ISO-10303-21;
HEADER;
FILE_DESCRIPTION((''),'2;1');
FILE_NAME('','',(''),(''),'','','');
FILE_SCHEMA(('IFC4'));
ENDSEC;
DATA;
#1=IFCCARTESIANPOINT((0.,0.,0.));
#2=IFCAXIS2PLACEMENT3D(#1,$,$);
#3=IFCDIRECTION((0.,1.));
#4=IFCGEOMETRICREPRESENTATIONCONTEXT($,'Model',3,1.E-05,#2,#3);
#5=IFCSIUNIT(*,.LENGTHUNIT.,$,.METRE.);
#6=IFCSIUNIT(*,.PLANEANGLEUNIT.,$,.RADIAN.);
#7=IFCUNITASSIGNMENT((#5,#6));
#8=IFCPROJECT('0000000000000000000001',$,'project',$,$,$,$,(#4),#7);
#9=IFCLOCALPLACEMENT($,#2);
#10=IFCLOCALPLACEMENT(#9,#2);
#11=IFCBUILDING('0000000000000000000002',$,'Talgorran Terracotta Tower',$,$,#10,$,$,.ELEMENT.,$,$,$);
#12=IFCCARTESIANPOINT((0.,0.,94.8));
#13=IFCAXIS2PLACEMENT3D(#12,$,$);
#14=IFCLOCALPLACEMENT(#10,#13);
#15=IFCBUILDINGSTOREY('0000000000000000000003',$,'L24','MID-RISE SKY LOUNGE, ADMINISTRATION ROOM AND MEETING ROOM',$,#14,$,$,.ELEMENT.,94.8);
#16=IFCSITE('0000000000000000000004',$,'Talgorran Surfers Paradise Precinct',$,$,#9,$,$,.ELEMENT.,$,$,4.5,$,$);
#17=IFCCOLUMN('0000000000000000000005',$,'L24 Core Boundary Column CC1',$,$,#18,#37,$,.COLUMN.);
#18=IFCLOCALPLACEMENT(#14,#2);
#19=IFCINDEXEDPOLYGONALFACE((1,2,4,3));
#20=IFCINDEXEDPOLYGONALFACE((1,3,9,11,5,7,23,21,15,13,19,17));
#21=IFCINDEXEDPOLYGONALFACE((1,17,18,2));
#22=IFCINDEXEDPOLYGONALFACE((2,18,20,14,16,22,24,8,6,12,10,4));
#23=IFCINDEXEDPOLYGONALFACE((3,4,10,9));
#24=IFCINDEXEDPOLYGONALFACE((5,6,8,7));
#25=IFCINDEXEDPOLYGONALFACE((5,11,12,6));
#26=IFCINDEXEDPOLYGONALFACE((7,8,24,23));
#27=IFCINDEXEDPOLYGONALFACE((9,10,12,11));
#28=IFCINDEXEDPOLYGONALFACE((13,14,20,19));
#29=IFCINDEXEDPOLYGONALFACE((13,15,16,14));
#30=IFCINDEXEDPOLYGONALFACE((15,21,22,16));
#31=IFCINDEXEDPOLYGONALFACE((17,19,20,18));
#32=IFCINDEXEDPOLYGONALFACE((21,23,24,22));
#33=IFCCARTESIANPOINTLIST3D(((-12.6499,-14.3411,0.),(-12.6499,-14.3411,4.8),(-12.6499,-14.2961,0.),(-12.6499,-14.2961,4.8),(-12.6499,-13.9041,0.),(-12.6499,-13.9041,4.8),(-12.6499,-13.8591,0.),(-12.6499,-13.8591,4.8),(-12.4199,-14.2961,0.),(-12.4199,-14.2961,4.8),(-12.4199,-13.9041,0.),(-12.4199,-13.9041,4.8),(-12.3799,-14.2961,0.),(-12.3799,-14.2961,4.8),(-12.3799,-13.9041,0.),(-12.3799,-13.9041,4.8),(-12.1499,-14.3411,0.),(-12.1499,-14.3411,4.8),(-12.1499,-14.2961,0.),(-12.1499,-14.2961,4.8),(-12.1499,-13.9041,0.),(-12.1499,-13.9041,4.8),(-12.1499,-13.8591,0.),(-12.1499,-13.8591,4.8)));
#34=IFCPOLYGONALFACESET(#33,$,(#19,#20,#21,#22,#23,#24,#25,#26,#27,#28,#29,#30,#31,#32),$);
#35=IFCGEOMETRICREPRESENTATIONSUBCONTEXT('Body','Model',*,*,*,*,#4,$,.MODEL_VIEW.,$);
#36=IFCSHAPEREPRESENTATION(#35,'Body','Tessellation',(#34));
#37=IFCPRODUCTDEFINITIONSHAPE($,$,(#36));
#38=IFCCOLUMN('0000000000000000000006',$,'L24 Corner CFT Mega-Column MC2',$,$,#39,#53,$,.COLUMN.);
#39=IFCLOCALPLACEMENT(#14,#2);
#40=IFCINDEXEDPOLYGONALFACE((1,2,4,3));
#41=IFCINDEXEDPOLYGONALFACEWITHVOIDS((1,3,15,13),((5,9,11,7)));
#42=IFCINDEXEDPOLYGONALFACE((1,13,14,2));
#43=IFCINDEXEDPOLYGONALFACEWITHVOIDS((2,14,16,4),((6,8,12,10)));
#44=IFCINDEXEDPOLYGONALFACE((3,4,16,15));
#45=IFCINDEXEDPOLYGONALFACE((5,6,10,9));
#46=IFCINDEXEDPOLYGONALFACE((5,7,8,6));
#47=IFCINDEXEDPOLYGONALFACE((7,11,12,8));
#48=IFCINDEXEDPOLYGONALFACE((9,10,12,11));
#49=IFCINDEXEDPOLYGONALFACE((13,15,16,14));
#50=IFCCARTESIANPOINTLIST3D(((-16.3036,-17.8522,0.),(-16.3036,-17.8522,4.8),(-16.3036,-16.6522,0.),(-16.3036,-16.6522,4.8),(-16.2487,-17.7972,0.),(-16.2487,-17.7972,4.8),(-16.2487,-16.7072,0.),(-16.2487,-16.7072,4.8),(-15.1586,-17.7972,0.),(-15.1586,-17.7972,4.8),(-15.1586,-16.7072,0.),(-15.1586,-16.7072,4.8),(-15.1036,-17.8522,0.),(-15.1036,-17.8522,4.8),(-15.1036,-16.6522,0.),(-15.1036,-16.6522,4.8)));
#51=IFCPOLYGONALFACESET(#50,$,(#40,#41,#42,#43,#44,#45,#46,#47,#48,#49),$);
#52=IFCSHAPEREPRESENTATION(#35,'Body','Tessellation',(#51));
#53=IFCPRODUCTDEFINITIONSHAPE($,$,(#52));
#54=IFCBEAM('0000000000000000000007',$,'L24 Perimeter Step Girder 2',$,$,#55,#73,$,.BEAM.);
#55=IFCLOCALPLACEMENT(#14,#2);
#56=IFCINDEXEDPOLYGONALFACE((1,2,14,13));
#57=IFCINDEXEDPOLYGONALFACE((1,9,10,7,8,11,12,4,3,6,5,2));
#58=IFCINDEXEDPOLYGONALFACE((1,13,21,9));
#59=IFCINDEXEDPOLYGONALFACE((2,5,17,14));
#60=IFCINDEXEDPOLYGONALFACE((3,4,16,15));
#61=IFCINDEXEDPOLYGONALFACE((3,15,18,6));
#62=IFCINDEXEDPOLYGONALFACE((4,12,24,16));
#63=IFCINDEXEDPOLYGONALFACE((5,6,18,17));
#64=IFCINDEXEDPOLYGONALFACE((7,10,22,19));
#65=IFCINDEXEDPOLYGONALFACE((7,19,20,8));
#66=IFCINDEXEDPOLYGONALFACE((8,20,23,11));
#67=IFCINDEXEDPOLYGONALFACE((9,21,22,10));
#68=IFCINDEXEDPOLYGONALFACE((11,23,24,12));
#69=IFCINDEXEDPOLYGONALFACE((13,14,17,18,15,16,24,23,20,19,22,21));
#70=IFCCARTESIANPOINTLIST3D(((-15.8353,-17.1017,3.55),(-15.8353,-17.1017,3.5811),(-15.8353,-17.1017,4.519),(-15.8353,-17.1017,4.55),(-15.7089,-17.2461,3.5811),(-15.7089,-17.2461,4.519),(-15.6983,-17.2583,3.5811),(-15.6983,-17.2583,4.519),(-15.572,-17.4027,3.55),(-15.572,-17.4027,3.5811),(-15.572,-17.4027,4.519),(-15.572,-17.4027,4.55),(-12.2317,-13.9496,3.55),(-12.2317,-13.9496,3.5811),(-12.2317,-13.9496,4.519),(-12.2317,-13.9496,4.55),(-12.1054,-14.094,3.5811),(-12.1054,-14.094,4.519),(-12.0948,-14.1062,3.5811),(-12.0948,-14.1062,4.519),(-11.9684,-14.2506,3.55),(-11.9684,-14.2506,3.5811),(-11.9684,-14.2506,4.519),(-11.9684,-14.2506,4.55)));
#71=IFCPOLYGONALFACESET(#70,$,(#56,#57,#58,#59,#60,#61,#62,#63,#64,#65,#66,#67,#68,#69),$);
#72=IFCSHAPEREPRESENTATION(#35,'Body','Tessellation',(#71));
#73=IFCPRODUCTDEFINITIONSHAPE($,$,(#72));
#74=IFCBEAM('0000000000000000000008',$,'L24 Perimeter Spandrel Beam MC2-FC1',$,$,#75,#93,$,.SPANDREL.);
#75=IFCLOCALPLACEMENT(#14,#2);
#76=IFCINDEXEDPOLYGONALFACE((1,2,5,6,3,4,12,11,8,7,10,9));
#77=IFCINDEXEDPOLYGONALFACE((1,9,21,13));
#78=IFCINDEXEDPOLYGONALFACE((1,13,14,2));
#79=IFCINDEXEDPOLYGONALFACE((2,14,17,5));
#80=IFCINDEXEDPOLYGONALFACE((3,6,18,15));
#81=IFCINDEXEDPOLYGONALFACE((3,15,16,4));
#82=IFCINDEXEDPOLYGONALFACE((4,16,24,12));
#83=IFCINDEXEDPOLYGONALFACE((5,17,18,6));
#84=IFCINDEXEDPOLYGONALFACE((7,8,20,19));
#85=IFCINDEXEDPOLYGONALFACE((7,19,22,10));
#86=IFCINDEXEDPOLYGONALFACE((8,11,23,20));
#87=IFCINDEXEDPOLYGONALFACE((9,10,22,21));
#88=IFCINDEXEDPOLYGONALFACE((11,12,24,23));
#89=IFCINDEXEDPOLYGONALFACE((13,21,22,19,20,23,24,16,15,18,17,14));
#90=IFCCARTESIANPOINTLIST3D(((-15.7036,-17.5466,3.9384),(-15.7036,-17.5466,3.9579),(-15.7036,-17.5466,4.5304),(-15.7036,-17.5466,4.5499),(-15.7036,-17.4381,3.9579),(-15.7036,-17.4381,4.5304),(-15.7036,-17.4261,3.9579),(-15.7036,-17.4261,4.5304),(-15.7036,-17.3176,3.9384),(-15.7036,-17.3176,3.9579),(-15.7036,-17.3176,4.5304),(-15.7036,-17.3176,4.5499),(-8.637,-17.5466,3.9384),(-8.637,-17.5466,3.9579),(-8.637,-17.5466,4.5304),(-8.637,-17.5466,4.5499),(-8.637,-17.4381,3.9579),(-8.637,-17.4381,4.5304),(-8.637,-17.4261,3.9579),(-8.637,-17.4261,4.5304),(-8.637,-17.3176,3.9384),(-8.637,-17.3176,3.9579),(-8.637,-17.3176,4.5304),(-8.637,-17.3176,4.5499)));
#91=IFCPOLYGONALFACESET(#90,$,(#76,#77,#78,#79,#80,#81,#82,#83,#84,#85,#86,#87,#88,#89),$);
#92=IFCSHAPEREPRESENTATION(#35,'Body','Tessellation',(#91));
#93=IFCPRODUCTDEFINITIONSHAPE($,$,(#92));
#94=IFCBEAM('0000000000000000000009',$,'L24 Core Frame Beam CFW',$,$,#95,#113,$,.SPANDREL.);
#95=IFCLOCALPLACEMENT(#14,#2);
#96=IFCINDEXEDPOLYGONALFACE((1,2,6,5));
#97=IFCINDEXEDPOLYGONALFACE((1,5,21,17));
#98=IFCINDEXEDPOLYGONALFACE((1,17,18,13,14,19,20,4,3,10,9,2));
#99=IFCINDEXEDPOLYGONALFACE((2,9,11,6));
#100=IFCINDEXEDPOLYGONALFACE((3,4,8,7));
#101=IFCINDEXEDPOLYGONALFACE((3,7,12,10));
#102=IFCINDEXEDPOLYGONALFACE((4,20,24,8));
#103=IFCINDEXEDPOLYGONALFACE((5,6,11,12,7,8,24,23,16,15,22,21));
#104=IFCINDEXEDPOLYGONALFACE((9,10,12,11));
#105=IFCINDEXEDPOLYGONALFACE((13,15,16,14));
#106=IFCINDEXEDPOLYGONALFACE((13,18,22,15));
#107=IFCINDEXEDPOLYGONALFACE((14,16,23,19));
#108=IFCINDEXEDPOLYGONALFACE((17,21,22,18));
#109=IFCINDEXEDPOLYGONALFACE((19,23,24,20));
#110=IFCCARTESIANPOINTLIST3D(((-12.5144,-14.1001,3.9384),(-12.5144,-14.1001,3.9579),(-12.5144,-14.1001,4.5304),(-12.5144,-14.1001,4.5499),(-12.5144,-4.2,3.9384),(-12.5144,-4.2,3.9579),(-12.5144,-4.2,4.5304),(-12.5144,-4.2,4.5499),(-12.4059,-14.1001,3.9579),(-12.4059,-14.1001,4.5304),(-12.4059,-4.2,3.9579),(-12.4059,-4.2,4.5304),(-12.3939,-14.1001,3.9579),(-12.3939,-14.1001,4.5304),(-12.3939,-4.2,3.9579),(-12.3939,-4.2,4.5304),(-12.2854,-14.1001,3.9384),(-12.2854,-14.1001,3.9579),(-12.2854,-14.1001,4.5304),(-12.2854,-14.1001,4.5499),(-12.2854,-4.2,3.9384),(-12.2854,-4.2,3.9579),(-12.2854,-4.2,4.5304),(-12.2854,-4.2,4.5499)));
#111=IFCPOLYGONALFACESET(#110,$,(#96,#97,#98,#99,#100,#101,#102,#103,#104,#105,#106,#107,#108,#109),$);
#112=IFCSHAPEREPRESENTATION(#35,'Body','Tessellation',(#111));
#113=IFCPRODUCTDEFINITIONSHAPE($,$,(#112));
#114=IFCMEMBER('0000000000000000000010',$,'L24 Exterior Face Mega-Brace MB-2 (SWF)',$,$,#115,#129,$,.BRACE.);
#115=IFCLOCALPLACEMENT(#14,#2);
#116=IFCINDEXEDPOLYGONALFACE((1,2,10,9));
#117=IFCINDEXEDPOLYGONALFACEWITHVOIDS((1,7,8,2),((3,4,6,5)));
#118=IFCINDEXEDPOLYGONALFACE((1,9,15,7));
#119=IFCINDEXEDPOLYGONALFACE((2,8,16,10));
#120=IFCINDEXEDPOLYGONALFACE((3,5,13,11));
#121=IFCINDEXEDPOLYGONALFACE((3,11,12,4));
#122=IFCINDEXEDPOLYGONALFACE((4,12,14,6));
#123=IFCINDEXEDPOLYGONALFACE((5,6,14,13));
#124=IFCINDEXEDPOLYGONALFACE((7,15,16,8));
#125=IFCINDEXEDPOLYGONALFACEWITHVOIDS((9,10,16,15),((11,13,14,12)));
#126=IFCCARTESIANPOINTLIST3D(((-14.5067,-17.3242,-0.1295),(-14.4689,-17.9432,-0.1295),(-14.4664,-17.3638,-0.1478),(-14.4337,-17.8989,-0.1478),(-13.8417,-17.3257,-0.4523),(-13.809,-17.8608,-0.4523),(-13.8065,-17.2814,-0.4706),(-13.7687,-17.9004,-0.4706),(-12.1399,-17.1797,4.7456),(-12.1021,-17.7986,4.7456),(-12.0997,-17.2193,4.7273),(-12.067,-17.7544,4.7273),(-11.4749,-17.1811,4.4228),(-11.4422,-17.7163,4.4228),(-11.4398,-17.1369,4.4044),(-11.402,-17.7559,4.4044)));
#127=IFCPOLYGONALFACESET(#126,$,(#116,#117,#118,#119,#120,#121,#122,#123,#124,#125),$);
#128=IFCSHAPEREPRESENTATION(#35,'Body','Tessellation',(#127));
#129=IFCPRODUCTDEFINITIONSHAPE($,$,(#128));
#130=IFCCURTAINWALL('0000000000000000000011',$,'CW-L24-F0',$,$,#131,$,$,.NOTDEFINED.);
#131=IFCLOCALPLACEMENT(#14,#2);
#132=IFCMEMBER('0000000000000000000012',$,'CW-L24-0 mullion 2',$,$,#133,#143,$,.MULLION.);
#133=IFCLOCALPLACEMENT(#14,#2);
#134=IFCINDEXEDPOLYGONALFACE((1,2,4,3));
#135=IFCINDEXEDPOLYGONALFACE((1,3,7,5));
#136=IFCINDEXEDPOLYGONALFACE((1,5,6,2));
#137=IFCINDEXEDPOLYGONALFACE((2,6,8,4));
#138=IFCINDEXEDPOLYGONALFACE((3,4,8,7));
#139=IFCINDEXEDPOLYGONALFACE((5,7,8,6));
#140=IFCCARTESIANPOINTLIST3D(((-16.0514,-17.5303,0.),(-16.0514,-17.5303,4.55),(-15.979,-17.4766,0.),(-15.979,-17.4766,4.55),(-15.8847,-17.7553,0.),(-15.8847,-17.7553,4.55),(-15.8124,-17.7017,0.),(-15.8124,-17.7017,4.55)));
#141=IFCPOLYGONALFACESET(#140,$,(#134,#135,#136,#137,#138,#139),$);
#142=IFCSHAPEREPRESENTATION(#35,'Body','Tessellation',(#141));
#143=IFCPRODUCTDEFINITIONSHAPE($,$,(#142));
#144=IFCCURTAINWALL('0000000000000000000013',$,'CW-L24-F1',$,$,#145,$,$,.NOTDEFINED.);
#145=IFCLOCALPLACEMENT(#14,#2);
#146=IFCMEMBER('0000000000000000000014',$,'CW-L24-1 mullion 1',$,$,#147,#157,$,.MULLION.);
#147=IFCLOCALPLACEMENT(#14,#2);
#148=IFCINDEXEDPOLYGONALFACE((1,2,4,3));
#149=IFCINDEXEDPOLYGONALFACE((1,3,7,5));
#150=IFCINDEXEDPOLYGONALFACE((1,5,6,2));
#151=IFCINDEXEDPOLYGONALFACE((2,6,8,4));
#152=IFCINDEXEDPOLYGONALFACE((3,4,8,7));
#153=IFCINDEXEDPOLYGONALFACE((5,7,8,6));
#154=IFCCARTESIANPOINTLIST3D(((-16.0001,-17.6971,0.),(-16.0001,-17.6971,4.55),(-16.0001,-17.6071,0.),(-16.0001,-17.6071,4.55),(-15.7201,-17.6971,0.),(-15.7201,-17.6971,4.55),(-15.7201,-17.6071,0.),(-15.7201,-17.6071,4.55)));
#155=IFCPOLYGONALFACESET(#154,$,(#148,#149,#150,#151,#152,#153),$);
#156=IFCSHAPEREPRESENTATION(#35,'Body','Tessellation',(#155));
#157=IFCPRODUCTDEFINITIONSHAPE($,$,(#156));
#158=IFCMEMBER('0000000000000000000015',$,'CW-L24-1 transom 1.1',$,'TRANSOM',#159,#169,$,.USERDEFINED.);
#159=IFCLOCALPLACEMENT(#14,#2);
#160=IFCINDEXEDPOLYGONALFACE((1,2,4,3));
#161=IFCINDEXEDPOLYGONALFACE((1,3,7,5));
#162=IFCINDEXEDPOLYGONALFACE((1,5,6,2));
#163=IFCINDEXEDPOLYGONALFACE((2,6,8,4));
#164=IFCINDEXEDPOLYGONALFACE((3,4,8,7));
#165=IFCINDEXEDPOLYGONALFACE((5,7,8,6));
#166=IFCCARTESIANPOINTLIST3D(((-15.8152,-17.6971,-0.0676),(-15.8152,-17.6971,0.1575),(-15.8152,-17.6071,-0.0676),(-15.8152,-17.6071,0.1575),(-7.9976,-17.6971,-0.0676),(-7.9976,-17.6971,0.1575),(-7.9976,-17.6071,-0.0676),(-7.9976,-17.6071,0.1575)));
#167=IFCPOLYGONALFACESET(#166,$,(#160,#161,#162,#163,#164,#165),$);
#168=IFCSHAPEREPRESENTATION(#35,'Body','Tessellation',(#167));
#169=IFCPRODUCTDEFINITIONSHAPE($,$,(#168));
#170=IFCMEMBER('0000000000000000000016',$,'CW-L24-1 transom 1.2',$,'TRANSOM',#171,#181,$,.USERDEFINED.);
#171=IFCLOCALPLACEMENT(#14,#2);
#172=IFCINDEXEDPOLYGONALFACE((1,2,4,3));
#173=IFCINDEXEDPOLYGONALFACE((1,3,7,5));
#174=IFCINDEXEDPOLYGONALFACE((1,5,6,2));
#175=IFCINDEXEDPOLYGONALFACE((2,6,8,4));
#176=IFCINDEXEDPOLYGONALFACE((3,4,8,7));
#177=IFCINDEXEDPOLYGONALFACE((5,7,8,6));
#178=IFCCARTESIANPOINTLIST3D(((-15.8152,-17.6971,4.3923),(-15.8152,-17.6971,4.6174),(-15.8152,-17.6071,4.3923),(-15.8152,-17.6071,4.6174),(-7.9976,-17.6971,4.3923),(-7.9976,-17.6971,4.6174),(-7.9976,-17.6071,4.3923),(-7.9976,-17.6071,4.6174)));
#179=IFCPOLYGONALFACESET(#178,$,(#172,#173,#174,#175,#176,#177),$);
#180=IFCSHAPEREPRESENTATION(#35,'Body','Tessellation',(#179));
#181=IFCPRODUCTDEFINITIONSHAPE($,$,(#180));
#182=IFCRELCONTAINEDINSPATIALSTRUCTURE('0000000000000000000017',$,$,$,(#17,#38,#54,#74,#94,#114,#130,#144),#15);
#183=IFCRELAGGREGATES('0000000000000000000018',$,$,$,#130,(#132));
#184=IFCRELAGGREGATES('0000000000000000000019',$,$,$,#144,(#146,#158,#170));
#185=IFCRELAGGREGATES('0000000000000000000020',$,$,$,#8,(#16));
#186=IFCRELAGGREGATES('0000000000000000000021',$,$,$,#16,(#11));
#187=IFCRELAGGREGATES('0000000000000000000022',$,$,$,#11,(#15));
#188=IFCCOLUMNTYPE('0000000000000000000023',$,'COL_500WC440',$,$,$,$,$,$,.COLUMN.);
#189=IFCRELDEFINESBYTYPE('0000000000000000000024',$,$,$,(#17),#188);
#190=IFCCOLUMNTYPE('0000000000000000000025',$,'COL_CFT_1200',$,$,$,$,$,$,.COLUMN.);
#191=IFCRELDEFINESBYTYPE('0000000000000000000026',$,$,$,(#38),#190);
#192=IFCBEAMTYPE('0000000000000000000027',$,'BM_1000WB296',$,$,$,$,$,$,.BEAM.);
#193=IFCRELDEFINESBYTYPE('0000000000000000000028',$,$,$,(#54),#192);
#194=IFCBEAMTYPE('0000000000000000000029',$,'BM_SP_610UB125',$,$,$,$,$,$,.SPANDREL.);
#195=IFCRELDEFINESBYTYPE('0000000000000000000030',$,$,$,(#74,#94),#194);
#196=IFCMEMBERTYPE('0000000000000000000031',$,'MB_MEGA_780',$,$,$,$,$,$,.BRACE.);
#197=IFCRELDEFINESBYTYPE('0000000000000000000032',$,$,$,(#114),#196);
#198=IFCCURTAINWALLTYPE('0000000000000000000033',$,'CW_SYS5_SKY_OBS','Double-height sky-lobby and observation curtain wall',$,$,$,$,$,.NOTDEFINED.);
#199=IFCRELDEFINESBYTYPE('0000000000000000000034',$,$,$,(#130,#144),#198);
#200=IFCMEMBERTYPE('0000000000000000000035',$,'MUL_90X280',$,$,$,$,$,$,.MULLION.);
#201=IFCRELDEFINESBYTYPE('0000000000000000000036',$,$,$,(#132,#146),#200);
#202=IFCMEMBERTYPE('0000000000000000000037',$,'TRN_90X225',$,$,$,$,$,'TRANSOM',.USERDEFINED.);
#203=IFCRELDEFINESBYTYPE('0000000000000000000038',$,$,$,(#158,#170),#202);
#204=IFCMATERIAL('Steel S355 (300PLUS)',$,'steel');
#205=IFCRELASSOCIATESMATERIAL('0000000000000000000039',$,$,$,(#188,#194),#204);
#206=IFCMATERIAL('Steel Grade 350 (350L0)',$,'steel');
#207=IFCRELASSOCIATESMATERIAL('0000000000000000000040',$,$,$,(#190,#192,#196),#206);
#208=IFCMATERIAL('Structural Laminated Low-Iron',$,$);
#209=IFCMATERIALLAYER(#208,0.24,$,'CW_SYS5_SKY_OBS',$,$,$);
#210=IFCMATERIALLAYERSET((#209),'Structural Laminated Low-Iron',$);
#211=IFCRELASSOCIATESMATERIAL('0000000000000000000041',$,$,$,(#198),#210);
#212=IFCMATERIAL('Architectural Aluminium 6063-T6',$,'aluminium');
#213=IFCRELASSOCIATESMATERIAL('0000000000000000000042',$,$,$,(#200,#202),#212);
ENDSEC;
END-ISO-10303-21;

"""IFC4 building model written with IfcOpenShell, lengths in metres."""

from ifc_helpers import new_model, si_unit, direction, frame, origin, origin_2d, place, context, subcontext, project, spatial, rectangle, hollow_rectangle, i_section, extrude, material, layer, layer_set, material_profile, profile_set, type_object, element, aggregate, save


model = new_model("IFC4")

# Units and contexts
model_context = context("Model", 3, precision=1e-05, world=origin(), true_north=direction((0.0, 1.0)))
body_context = subcontext(model_context, "Body", "Model", "MODEL_VIEW")
ifc_project = project(units=[si_unit("LENGTHUNIT", "METRE"), si_unit("PLANEANGLEUNIT", "RADIAN")], contexts=[model_context])

# Site, building, storey
site_placement = place(None, origin())
site = spatial("IfcSite", under=ifc_project, at=site_placement, Name="Talgorran Surfers Paradise Precinct", CompositionType="ELEMENT", RefElevation=4.5)
building_placement = place(site_placement, origin())
building = spatial("IfcBuilding", under=site, at=building_placement, Name="Talgorran Terracotta Tower", CompositionType="ELEMENT")
storey_placement = place(building_placement, frame((0.0, 0.0, 94.8)))
storey = spatial("IfcBuildingStorey", under=building, at=storey_placement, Name="L24", Description="MID-RISE SKY LOUNGE, ADMINISTRATION ROOM AND MEETING ROOM", CompositionType="ELEMENT", Elevation=94.8)

# Columns
ifc_material_1 = material(Name="Steel S355 (300PLUS)", Category="steel")
ifc_material_profile_1 = material_profile(ifc_material_1, i_section(OverallWidth=0.5, OverallDepth=0.4819, WebThickness=0.04, FlangeThickness=0.0449, at=origin_2d()), Name="500WC440")
ifc_profile_set_1 = profile_set([ifc_material_profile_1], Name="Steel S355 (300PLUS)")
column_type_1 = type_object("IfcColumnType", Name="COL_500WC440", PredefinedType="COLUMN", material=ifc_profile_set_1)
column_1_placement = place(storey_placement, frame((-12.3999, -14.1001, 0.0), z_axis=(0.0, 0.0, 1.0), x_axis=(1.0, 0.0, 0.0)))
element("IfcColumn", 1, at=column_1_placement, inside=storey, type_object=column_type_1, Name="L24 Core Boundary Column CC1", PredefinedType="COLUMN", context=body_context, shape_type="SweptSolid", body=[
    extrude(i_section(OverallWidth=0.5, OverallDepth=0.4819, WebThickness=0.04, FlangeThickness=0.0449, at=origin_2d()), origin(), (0.0, 0.0, 1.0), 4.8),
])
ifc_material_2 = material(Name="Steel Grade 350 (350L0)", Category="steel")
ifc_material_profile_2 = material_profile(ifc_material_2, hollow_rectangle(XDim=1.2, YDim=1.2, WallThickness=0.0549, at=origin_2d()), Name="CFT1200X1200X55")
ifc_profile_set_2 = profile_set([ifc_material_profile_2], Name="Steel Grade 350 (350L0)")
column_type_2 = type_object("IfcColumnType", Name="COL_CFT_1200", PredefinedType="COLUMN", material=ifc_profile_set_2)
column_2_placement = place(storey_placement, frame((-15.7036, -17.2522, 0.0), z_axis=(0.0, 0.0, 1.0), x_axis=(1.0, 0.0, 0.0)))
element("IfcColumn", 2, at=column_2_placement, inside=storey, type_object=column_type_2, Name="L24 Corner CFT Mega-Column MC2", PredefinedType="COLUMN", context=body_context, shape_type="SweptSolid", body=[
    extrude(hollow_rectangle(XDim=1.2, YDim=1.2, WallThickness=0.0549, at=origin_2d()), origin(), (0.0, 0.0, 1.0), 4.8),
])

# Beams
ifc_material_profile_3 = material_profile(ifc_material_2, i_section(OverallWidth=0.3999, OverallDepth=1.0, WebThickness=0.0161, FlangeThickness=0.031, at=origin_2d()), Name="1000WB296")
ifc_profile_set_3 = profile_set([ifc_material_profile_3], Name="Steel Grade 350 (350L0)")
beam_type_1 = type_object("IfcBeamType", Name="BM_1000WB296", PredefinedType="BEAM", material=ifc_profile_set_3)
beam_1_placement = place(storey_placement, frame((-15.7036, -17.2522, 4.05), z_axis=(0.752678, 0.658389, 0.0), x_axis=(-0.658389, 0.752678, 0.0)))
element("IfcBeam", 3, at=beam_1_placement, inside=storey, type_object=beam_type_1, Name="L24 Perimeter Step Girder 2", PredefinedType="BEAM", context=body_context, shape_type="SweptSolid", body=[
    extrude(i_section(OverallWidth=0.3999, OverallDepth=1.0, WebThickness=0.0161, FlangeThickness=0.031, at=origin_2d()), origin(), (0.0, 0.0, 1.0), 4.7876),
])
ifc_material_profile_4 = material_profile(ifc_material_1, i_section(OverallWidth=0.229, OverallDepth=0.6116, WebThickness=0.012, FlangeThickness=0.0195, at=origin_2d()), Name="610UB125")
ifc_profile_set_4 = profile_set([ifc_material_profile_4], Name="Steel S355 (300PLUS)")
beam_type_2 = type_object("IfcBeamType", Name="BM_SP_610UB125", PredefinedType="SPANDREL", material=ifc_profile_set_4)
beam_2_placement = place(storey_placement, frame((-15.7036, -17.4321, 4.2441), z_axis=(1.0, 0.0, 0.0), x_axis=(0.0, 1.0, 0.0)))
element("IfcBeam", 4, at=beam_2_placement, inside=storey, type_object=beam_type_2, Name="L24 Perimeter Spandrel Beam MC2-FC1", PredefinedType="SPANDREL", context=body_context, shape_type="SweptSolid", body=[
    extrude(i_section(OverallWidth=0.229, OverallDepth=0.6116, WebThickness=0.012, FlangeThickness=0.0195, at=origin_2d()), origin(), (0.0, 0.0, 1.0), 7.0667),
])
beam_3_placement = place(storey_placement, frame((-12.3999, -14.1001, 4.2441), z_axis=(0.0, 1.0, 0.0), x_axis=(-1.0, 0.0, 0.0)))
element("IfcBeam", 5, at=beam_3_placement, inside=storey, type_object=beam_type_2, Name="L24 Core Frame Beam CFW", PredefinedType="SPANDREL", context=body_context, shape_type="SweptSolid", body=[
    extrude(i_section(OverallWidth=0.229, OverallDepth=0.6116, WebThickness=0.012, FlangeThickness=0.0195, at=origin_2d()), origin(), (0.0, 0.0, 1.0), 9.9001),
])

# Member
ifc_material_profile_5 = material_profile(ifc_material_2, hollow_rectangle(XDim=0.6201, YDim=0.78, WallThickness=0.042, at=origin_2d()), Name="WBOX780X620X42")
ifc_profile_set_5 = profile_set([ifc_material_profile_5], Name="Steel Grade 350 (350L0)")
member_type_1 = type_object("IfcMemberType", Name="MB_MEGA_780", PredefinedType="BRACE", material=ifc_profile_set_5)
member_1_placement = place(storey_placement, frame((-14.1377, -17.6123, -0.3), z_axis=(0.436576, 0.026661, 0.899272), x_axis=(-0.060955, 0.998141, 0.0)))
element("IfcMember", 6, at=member_1_placement, inside=storey, type_object=member_type_1, Name="L24 Exterior Face Mega-Brace MB-2 (SWF)", PredefinedType="BRACE", context=body_context, shape_type="SweptSolid", body=[
    extrude(hollow_rectangle(XDim=0.6201, YDim=0.78, WallThickness=0.042, at=origin_2d()), origin(), (0.0, 0.0, 1.0), 5.4211),
])

# Curtain wall, member
ifc_material_3 = material(Name="Structural Laminated Low-Iron")
ifc_layer_1 = layer(ifc_material_3, 0.24, Name="CW_SYS5_SKY_OBS")
ifc_layer_set_1 = layer_set([ifc_layer_1], Name="Structural Laminated Low-Iron")
curtain_wall_type = type_object("IfcCurtainWallType", Name="CW_SYS5_SKY_OBS", Description="Double-height sky-lobby and observation curtain wall", PredefinedType="NOTDEFINED", material=ifc_layer_set_1)
curtain_wall_1_placement = place(storey_placement, origin())
curtain_wall_1 = element("IfcCurtainWall", 7, at=curtain_wall_1_placement, inside=storey, type_object=curtain_wall_type, Name="CW-L24-F0", PredefinedType="NOTDEFINED")
ifc_material_4 = material(Name="Architectural Aluminium 6063-T6", Category="aluminium")
ifc_material_profile_6 = material_profile(ifc_material_4, rectangle(XDim=0.0901, YDim=0.28, at=origin_2d()), Name="CWM90X280")
ifc_profile_set_6 = profile_set([ifc_material_profile_6], Name="Architectural Aluminium 6063-T6")
member_type_2 = type_object("IfcMemberType", Name="MUL_90X280", PredefinedType="MULLION", material=ifc_profile_set_6)
member_2_placement = place(storey_placement, frame((-15.9319, -17.616, 0.0), z_axis=(0.0, 0.0, 1.0), x_axis=(0.803595, 0.595176, 0.0)))
member_2 = element("IfcMember", 8, at=member_2_placement, type_object=member_type_2, Name="CW-L24-0 mullion 2", PredefinedType="MULLION", context=body_context, shape_type="SweptSolid", body=[
    extrude(rectangle(XDim=0.0901, YDim=0.28, at=origin_2d()), origin(), (0.0, 0.0, 1.0), 4.55),
])
aggregate(curtain_wall_1, [member_2])

# Curtain wall, members
curtain_wall_2_placement = place(storey_placement, origin())
curtain_wall_2 = element("IfcCurtainWall", 9, at=curtain_wall_2_placement, inside=storey, type_object=curtain_wall_type, Name="CW-L24-F1", PredefinedType="NOTDEFINED")
member_3_placement = place(storey_placement, frame((-15.8601, -17.6521, 0.0), z_axis=(0.0, 0.0, 1.0), x_axis=(0.0, 1.0, 0.0)))
member_3 = element("IfcMember", 10, at=member_3_placement, type_object=member_type_2, Name="CW-L24-1 mullion 1", PredefinedType="MULLION", context=body_context, shape_type="SweptSolid", body=[
    extrude(rectangle(XDim=0.0901, YDim=0.28, at=origin_2d()), origin(), (0.0, 0.0, 1.0), 4.55),
])
ifc_material_profile_7 = material_profile(ifc_material_4, rectangle(XDim=0.0901, YDim=0.2251, at=origin_2d()), Name="CWT90X225")
ifc_profile_set_7 = profile_set([ifc_material_profile_7], Name="Architectural Aluminium 6063-T6")
member_type_3 = type_object("IfcMemberType", Name="TRN_90X225", ElementType="TRANSOM", PredefinedType="USERDEFINED", material=ifc_profile_set_7)
member_4_placement = place(storey_placement, frame((-15.8152, -17.6521, 0.0449), z_axis=(1.0, 0.0, 0.0), x_axis=(0.0, 1.0, 0.0)))
member_4 = element("IfcMember", 11, at=member_4_placement, type_object=member_type_3, Name="CW-L24-1 transom 1.1", ObjectType="TRANSOM", PredefinedType="USERDEFINED", context=body_context, shape_type="SweptSolid", body=[
    extrude(rectangle(XDim=0.0901, YDim=0.2251, at=origin_2d()), origin(), (0.0, 0.0, 1.0), 7.8176),
])
member_5_placement = place(storey_placement, frame((-15.8152, -17.6521, 4.5049), z_axis=(1.0, 0.0, 0.0), x_axis=(0.0, 1.0, 0.0)))
member_5 = element("IfcMember", 12, at=member_5_placement, type_object=member_type_3, Name="CW-L24-1 transom 1.2", ObjectType="TRANSOM", PredefinedType="USERDEFINED", context=body_context, shape_type="SweptSolid", body=[
    extrude(rectangle(XDim=0.0901, YDim=0.2251, at=origin_2d()), origin(), (0.0, 0.0, 1.0), 7.8176),
])
aggregate(curtain_wall_2, [member_3, member_4, member_5])

save(model, "model.ifc")
